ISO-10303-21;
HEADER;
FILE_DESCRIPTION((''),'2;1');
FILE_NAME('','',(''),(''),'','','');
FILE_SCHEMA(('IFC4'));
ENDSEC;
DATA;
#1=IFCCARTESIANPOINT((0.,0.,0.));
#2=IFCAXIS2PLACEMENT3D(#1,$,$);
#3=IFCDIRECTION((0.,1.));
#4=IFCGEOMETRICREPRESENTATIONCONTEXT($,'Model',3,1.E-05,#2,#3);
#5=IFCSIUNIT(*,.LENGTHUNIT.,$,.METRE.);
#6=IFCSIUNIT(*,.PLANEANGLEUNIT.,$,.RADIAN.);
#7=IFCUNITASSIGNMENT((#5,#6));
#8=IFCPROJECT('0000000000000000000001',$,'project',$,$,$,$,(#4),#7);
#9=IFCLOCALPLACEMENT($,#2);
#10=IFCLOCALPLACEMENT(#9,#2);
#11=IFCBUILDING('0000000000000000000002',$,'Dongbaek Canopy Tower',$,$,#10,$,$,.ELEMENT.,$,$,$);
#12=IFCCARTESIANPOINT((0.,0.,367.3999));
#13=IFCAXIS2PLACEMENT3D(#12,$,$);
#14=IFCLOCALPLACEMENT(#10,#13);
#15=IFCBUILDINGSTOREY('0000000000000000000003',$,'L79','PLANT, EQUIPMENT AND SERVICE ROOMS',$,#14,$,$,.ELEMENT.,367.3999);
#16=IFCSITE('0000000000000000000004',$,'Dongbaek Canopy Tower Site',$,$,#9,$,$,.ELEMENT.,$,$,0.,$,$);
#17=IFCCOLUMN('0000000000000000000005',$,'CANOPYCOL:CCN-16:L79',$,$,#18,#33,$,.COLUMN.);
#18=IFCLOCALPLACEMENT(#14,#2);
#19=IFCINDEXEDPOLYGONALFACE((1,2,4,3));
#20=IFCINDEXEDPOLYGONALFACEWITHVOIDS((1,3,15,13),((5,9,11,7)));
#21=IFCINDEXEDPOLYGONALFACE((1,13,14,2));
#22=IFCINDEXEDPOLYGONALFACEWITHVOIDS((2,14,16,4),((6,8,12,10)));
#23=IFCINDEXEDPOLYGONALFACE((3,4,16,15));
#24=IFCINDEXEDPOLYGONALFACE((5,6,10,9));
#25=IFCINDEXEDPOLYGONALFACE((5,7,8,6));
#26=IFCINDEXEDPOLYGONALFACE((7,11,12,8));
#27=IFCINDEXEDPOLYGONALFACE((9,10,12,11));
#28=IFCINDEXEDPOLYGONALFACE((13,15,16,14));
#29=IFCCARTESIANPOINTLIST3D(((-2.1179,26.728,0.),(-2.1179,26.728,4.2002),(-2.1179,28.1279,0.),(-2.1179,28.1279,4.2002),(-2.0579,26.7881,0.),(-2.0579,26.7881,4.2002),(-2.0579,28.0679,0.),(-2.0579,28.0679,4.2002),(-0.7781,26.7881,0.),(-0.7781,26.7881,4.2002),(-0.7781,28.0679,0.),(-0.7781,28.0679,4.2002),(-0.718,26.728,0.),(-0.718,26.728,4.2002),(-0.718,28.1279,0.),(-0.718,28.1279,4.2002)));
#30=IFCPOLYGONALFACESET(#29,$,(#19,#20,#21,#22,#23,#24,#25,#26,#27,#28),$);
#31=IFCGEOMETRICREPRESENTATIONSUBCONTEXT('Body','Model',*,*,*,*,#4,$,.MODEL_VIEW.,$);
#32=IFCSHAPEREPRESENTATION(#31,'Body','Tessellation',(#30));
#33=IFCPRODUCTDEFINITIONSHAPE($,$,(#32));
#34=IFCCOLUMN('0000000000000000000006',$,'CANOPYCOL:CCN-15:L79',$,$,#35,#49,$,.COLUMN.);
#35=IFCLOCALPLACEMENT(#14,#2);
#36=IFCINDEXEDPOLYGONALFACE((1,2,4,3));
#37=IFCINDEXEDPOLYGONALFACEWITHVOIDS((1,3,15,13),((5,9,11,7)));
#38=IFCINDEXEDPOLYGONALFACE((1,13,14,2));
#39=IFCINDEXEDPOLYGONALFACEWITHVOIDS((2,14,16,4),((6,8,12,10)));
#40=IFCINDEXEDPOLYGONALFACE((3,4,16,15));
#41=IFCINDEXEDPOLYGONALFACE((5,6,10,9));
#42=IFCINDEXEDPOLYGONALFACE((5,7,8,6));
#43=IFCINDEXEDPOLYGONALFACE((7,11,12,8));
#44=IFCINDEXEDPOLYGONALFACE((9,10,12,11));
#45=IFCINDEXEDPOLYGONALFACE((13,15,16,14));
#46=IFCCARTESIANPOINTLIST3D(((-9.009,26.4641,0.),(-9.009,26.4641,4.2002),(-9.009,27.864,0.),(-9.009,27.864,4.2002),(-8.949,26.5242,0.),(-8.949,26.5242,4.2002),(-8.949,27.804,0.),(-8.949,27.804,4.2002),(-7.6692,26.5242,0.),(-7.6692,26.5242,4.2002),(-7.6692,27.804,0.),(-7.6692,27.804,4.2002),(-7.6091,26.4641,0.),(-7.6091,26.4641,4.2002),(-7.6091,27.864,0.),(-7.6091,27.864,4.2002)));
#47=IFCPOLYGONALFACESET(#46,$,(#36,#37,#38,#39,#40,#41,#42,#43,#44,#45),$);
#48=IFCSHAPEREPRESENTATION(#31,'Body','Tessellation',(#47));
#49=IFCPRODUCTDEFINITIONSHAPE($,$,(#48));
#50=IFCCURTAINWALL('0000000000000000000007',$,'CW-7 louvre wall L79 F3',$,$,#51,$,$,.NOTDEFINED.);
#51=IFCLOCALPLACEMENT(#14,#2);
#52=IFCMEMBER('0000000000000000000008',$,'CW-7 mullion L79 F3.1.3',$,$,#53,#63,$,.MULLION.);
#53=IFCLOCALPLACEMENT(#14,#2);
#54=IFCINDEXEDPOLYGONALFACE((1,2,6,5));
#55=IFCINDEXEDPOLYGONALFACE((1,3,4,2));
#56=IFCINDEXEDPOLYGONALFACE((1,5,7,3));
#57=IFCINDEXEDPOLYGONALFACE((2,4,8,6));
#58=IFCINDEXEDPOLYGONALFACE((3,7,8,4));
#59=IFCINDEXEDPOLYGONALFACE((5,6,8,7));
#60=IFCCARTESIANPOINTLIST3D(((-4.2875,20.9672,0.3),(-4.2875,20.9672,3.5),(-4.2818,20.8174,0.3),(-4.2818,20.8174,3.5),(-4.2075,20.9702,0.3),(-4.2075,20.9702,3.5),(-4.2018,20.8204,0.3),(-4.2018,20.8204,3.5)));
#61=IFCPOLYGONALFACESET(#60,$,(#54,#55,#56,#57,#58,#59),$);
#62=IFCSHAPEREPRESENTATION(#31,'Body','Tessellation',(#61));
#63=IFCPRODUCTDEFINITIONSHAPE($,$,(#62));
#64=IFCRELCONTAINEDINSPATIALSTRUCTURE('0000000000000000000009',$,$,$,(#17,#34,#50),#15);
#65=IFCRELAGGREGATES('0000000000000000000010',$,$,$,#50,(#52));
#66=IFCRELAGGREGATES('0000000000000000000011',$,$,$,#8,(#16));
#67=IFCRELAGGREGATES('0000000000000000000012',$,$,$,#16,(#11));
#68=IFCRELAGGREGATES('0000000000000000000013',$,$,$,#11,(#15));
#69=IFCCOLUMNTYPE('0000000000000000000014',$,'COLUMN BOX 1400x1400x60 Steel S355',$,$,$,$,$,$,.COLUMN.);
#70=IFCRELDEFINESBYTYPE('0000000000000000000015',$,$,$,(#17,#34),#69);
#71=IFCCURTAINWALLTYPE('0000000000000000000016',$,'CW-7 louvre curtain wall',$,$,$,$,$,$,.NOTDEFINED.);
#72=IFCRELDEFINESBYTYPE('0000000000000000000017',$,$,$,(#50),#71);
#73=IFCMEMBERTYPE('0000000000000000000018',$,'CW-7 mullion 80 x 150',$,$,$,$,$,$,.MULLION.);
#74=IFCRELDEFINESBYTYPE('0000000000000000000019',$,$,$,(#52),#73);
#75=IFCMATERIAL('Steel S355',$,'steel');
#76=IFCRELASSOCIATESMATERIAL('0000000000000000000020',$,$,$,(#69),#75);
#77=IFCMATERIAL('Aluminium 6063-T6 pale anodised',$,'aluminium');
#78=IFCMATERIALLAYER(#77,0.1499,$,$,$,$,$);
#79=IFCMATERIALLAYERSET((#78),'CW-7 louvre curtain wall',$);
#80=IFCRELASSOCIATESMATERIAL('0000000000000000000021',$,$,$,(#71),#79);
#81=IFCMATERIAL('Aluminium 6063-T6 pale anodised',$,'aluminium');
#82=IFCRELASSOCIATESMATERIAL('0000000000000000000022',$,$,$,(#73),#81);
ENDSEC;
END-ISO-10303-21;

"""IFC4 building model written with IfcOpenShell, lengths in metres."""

from ifc_helpers import new_model, si_unit, direction, frame, origin, origin_2d, place, context, subcontext, project, spatial, rectangle, hollow_rectangle, extrude, material, layer, layer_set, material_profile, profile_set, type_object, element, aggregate, save


model = new_model("IFC4")

# Units and contexts
model_context = context("Model", 3, precision=1e-05, world=origin(), true_north=direction((0.0, 1.0)))
body_context = subcontext(model_context, "Body", "Model", "MODEL_VIEW")
ifc_project = project(units=[si_unit("LENGTHUNIT", "METRE"), si_unit("PLANEANGLEUNIT", "RADIAN")], contexts=[model_context])

# Site, building, storey
site_placement = place(None, origin())
site = spatial("IfcSite", under=ifc_project, at=site_placement, Name="Dongbaek Canopy Tower Site", CompositionType="ELEMENT", RefElevation=0.0)
building_placement = place(site_placement, origin())
building = spatial("IfcBuilding", under=site, at=building_placement, Name="Dongbaek Canopy Tower", CompositionType="ELEMENT")
storey_placement = place(building_placement, frame((0.0, 0.0, 367.3999)))
storey = spatial("IfcBuildingStorey", under=building, at=storey_placement, Name="L79", Description="PLANT, EQUIPMENT AND SERVICE ROOMS", CompositionType="ELEMENT", Elevation=367.3999)

# Columns
ifc_material_1 = material(Name="Steel S355", Category="steel")
ifc_material_profile_1 = material_profile(ifc_material_1, hollow_rectangle(XDim=1.3999, YDim=1.3999, WallThickness=0.0601, at=origin_2d()), Name="COLUMN BOX 1400x1400x60 Steel S355")
ifc_profile_set_1 = profile_set([ifc_material_profile_1], Name="Steel S355")
column_type = type_object("IfcColumnType", Name="COLUMN BOX 1400x1400x60 Steel S355", PredefinedType="COLUMN", material=ifc_profile_set_1)
for number, where, z_axis, x_axis, name in (
    (1, (-1.418, 27.428, 0.0), (0.0, 0.0, 1.0), (1.0, 0.0, 0.0), "CANOPYCOL:CCN-16:L79"),
    (2, (-8.3091, 27.1641, 0.0), (0.0, 0.0, 1.0), (1.0, 0.0, 0.0), "CANOPYCOL:CCN-15:L79"),
):
    element("IfcColumn", number, at=place(storey_placement, frame(where, z_axis=z_axis, x_axis=x_axis)), inside=storey, type_object=column_type, Name=name, PredefinedType="COLUMN", context=body_context, shape_type="SweptSolid", body=[
        extrude(hollow_rectangle(XDim=1.3999, YDim=1.3999, WallThickness=0.0601, at=origin_2d()), origin(), (0.0, 0.0, 1.0), 4.2002),
    ])

# Curtain wall, member
ifc_material_2 = material(Name="Aluminium 6063-T6 pale anodised", Category="aluminium")
ifc_layer_1 = layer(ifc_material_2, 0.1499)
ifc_layer_set_1 = layer_set([ifc_layer_1], Name="CW-7 louvre curtain wall")
curtain_wall_type = type_object("IfcCurtainWallType", Name="CW-7 louvre curtain wall", PredefinedType="NOTDEFINED", material=ifc_layer_set_1)
curtain_wall_placement = place(storey_placement, origin())
curtain_wall = element("IfcCurtainWall", 3, at=curtain_wall_placement, inside=storey, type_object=curtain_wall_type, Name="CW-7 louvre wall L79 F3", PredefinedType="NOTDEFINED")
ifc_material_3 = material(Name="Aluminium 6063-T6 pale anodised", Category="aluminium")
ifc_material_profile_2 = material_profile(ifc_material_3, rectangle(XDim=0.1499, YDim=0.0801, at=origin_2d()), Name="CW-7 mullion 80 x 150")
ifc_profile_set_2 = profile_set([ifc_material_profile_2], Name="Aluminium 6063-T6 pale anodised")
member_type = type_object("IfcMemberType", Name="CW-7 mullion 80 x 150", PredefinedType="MULLION", material=ifc_profile_set_2)
member_placement = place(storey_placement, frame((-4.2446, 20.8938, 0.3), z_axis=(0.0, 0.0, 1.0), x_axis=(-0.038232, 0.999269, 0.0)))
member = element("IfcMember", 4, at=member_placement, type_object=member_type, Name="CW-7 mullion L79 F3.1.3", PredefinedType="MULLION", context=body_context, shape_type="SweptSolid", body=[
    extrude(rectangle(XDim=0.1499, YDim=0.0801, at=origin_2d()), origin(), (0.0, 0.0, 1.0), 3.2),
])

aggregate(curtain_wall, [member])

save(model, "model.ifc")
